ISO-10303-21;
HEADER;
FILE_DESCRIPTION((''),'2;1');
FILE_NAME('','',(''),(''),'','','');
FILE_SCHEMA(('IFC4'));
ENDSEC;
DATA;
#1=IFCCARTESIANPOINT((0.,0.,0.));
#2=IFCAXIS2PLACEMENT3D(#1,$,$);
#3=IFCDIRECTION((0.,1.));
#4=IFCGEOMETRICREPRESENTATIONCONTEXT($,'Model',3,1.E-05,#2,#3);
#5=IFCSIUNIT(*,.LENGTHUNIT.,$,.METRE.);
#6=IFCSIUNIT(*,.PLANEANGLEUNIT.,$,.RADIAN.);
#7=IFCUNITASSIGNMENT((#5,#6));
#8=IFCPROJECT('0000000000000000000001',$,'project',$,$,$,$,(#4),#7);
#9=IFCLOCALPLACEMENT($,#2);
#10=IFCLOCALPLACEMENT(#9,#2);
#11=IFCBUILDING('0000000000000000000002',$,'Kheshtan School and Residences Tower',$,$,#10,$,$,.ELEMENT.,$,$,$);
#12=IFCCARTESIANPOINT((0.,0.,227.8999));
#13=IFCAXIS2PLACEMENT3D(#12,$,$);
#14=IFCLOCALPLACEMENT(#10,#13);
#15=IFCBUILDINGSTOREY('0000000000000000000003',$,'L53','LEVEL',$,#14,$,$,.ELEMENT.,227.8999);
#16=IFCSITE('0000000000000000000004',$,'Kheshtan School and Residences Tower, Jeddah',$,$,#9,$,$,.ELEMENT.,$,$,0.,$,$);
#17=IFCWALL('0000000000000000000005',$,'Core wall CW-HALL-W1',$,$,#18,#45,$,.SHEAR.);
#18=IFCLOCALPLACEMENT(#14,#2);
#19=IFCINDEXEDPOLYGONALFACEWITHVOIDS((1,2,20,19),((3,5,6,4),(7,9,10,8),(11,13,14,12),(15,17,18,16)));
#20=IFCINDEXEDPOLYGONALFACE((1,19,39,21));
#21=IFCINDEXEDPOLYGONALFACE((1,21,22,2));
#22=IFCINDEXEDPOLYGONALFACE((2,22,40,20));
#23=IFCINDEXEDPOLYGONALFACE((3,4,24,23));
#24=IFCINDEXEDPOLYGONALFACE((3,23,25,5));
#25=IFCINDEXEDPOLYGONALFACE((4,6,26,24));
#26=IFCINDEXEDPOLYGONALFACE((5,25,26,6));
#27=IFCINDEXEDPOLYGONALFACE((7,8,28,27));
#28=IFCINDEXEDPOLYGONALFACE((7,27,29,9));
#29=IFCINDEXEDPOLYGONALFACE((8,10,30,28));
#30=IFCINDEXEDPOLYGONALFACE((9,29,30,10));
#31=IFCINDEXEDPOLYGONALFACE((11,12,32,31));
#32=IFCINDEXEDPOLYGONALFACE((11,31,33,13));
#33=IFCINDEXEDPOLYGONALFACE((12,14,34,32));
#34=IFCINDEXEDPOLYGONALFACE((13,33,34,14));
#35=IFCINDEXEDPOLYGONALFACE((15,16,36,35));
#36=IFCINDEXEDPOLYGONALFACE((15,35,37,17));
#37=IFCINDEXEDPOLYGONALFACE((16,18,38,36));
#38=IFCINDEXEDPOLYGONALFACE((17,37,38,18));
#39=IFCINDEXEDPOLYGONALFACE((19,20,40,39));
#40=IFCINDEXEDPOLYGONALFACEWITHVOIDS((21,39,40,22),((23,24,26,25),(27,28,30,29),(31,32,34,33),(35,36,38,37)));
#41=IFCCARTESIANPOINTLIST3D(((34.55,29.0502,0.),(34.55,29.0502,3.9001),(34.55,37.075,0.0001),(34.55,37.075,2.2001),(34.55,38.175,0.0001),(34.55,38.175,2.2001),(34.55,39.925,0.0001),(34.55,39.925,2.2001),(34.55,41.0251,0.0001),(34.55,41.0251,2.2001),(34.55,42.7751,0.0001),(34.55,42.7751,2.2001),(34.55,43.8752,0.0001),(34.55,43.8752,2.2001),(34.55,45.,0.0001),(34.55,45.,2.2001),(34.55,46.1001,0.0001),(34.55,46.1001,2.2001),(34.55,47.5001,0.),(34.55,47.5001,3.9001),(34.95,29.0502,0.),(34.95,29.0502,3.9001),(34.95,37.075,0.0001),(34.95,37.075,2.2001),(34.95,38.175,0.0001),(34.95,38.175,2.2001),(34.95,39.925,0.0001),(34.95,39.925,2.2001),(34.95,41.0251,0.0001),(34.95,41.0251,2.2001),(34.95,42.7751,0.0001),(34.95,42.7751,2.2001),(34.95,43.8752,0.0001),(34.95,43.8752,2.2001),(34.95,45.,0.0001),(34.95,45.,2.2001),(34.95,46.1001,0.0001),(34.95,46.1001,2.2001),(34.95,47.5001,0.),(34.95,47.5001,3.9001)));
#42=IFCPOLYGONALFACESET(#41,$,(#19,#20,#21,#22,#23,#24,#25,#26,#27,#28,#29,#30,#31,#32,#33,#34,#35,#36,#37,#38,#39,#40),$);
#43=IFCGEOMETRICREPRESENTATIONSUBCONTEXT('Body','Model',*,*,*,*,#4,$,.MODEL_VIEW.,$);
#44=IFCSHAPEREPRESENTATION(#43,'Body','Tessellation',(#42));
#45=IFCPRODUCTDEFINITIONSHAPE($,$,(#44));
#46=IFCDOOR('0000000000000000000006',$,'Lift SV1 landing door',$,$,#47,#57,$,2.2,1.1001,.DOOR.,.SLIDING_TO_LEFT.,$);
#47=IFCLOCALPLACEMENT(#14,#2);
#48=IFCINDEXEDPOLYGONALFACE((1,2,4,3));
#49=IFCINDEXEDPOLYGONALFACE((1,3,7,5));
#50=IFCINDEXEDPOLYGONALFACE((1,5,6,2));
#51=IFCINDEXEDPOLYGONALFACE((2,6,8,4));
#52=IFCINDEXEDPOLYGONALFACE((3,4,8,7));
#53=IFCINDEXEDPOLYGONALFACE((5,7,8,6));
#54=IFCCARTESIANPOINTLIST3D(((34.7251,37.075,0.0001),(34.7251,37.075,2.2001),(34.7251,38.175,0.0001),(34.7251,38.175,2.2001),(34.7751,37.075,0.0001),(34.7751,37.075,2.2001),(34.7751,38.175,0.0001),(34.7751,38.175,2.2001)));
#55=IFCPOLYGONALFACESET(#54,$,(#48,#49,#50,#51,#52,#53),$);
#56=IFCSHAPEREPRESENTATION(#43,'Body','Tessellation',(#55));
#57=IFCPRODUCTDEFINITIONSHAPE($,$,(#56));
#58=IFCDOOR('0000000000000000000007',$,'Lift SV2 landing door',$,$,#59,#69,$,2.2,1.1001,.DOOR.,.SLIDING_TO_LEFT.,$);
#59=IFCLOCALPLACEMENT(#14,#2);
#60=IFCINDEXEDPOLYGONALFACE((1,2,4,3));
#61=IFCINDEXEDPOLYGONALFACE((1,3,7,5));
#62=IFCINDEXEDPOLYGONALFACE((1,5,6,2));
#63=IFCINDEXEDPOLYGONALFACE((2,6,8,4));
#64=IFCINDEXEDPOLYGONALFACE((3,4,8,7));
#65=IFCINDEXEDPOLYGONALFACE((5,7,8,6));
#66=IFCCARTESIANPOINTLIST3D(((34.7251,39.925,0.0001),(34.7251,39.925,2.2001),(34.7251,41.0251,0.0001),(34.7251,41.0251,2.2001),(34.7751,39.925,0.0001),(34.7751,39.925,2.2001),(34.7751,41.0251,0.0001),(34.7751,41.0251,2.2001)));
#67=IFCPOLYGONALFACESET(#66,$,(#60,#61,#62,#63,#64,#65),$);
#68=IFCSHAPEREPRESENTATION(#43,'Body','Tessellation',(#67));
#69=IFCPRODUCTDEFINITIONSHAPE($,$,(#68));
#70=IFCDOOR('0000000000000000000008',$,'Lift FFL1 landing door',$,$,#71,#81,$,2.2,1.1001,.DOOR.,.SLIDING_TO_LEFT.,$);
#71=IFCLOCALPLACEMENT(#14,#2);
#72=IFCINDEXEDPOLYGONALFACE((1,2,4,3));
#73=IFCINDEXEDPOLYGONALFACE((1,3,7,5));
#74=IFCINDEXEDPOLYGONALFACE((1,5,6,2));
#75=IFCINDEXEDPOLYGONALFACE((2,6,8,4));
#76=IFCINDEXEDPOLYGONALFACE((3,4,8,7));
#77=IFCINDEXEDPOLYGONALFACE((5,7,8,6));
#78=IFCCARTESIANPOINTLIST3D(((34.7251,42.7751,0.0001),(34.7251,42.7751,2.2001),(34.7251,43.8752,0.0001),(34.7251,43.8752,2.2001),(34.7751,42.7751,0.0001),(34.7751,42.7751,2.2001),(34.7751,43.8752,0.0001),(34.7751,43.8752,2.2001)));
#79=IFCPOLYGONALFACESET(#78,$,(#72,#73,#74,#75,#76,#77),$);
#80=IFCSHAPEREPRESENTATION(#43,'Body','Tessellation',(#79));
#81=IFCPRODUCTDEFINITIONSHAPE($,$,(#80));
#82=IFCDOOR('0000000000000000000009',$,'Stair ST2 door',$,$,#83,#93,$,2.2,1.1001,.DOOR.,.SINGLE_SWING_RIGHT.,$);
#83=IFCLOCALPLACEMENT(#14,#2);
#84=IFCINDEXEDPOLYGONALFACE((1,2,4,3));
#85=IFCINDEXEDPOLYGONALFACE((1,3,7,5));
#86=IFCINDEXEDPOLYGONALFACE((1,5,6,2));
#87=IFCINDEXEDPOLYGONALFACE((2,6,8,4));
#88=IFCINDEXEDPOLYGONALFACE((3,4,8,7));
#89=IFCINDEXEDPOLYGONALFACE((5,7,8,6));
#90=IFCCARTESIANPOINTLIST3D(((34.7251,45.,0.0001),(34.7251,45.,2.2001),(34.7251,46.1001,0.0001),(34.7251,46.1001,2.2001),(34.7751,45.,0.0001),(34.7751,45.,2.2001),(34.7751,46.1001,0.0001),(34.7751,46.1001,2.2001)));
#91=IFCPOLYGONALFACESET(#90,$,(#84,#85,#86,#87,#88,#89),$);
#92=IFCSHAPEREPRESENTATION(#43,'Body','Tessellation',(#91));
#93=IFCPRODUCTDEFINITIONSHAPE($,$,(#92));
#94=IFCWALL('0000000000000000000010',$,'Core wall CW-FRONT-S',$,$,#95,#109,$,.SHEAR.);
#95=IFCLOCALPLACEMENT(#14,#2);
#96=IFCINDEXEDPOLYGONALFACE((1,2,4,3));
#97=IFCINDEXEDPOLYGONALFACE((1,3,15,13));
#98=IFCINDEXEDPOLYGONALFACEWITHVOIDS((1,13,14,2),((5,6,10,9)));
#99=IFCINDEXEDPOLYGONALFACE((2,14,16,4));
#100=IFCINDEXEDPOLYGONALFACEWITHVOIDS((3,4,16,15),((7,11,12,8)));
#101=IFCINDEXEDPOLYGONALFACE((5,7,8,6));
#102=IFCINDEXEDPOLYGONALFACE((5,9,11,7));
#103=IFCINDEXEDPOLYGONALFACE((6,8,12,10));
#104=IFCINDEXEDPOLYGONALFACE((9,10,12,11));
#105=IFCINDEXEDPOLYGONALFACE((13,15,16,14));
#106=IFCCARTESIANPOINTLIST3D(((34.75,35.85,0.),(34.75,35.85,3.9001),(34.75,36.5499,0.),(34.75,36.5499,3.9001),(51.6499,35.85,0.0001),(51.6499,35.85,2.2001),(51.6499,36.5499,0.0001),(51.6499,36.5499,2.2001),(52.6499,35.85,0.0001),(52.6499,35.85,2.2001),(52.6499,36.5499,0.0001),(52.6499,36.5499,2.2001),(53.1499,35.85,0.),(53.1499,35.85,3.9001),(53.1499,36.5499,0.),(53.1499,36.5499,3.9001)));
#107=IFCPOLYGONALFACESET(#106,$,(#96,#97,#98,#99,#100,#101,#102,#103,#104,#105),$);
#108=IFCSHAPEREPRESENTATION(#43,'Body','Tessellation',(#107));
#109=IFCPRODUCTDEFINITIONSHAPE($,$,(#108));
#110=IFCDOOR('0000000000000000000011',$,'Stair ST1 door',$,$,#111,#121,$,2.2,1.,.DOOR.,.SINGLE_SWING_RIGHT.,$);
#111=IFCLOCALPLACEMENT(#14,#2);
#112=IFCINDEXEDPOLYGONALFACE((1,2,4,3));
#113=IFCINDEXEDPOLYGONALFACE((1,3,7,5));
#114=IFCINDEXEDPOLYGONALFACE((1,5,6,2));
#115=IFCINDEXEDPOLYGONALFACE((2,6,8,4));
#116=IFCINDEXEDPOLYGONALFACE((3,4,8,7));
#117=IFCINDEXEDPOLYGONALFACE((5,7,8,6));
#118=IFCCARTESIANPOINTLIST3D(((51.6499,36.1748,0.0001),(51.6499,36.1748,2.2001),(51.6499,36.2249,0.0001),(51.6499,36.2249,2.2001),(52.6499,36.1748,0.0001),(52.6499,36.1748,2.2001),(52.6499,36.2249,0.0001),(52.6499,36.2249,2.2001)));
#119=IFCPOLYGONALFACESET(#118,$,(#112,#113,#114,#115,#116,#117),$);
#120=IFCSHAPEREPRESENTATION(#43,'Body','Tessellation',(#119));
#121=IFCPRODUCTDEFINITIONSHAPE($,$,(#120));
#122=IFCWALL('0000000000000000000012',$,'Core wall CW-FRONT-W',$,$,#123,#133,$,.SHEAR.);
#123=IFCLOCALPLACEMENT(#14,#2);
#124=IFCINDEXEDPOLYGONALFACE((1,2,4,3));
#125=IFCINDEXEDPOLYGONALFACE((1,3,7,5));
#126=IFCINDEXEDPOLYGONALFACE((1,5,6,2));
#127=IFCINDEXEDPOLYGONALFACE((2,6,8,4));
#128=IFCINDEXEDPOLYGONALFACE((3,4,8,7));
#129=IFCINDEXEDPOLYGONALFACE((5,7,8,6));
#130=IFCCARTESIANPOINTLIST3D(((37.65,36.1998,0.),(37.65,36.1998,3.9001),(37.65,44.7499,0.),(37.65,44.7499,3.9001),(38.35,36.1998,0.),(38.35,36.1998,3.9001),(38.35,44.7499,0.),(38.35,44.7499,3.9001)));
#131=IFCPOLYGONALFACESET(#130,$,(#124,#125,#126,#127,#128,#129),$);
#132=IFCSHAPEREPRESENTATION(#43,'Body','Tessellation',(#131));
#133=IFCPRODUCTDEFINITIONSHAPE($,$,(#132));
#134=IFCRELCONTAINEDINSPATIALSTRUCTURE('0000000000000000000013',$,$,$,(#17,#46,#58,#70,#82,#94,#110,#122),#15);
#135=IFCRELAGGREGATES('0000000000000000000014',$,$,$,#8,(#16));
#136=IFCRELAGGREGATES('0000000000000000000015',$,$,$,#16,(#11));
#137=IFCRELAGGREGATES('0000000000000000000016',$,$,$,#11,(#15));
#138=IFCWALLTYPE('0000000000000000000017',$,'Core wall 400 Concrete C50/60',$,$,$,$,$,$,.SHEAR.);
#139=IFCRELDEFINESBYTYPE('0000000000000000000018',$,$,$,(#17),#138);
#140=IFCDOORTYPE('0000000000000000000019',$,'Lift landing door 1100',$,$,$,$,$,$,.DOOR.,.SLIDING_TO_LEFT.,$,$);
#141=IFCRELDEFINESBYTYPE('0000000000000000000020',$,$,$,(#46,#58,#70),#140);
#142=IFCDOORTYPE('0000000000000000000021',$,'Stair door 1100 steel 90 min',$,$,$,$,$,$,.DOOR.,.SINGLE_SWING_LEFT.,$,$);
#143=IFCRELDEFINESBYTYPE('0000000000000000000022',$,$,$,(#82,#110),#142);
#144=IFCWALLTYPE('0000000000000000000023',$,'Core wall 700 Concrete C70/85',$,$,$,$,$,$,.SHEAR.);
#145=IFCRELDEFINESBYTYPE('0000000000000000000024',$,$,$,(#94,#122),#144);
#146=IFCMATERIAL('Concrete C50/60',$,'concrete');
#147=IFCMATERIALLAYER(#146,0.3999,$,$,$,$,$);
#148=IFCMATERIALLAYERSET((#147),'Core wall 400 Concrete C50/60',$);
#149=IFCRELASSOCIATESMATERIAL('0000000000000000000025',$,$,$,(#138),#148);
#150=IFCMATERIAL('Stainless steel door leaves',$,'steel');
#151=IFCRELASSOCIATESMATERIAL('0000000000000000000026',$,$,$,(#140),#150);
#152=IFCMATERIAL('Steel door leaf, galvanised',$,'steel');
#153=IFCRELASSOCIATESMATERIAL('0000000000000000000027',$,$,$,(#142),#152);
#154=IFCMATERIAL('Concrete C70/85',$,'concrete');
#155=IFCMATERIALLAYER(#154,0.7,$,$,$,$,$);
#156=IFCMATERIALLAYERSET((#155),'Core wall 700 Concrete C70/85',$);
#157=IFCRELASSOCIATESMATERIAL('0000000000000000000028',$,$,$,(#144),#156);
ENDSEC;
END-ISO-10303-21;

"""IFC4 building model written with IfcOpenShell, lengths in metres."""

from ifc_helpers import new_model, si_unit, direction, frame, frame_2d, origin, place, context, subcontext, project, spatial, rectangle, extrude, source, transform, mapped, material, layer, layer_set, type_object, element, fill, save


model = new_model("IFC4")

# Units and contexts
model_context = context("Model", 3, precision=1e-05, world=origin(), true_north=direction((0.0, 1.0)))
body_context = subcontext(model_context, "Body", "Model", "MODEL_VIEW")
ifc_project = project(units=[si_unit("LENGTHUNIT", "METRE"), si_unit("PLANEANGLEUNIT", "RADIAN")], contexts=[model_context])

# Site, building, storey
site_placement = place(None, origin())
site = spatial("IfcSite", under=ifc_project, at=site_placement, Name="Kheshtan School and Residences Tower, Jeddah", CompositionType="ELEMENT", RefElevation=0.0)
building_placement = place(site_placement, origin())
building = spatial("IfcBuilding", under=site, at=building_placement, Name="Kheshtan School and Residences Tower", CompositionType="ELEMENT")
storey_placement = place(building_placement, frame((0.0, 0.0, 227.8999)))
storey = spatial("IfcBuildingStorey", under=building, at=storey_placement, Name="L53", Description="LEVEL", CompositionType="ELEMENT", Elevation=227.8999)

# Shared definitions
ifc_material_1 = material(Name="Concrete C50/60", Category="concrete")
ifc_layer_1 = layer(ifc_material_1, 0.3999)
ifc_layer_set_1 = layer_set([ifc_layer_1], Name="Core wall 400 Concrete C50/60")
wall_type_1 = type_object("IfcWallType", Name="Core wall 400 Concrete C50/60", PredefinedType="SHEAR", material=ifc_layer_set_1)
ifc_material_2 = material(Name="Stainless steel door leaves", Category="steel")
door_type_1 = type_object("IfcDoorType", Name="Lift landing door 1100", OperationType="SLIDING_TO_LEFT", PredefinedType="DOOR", material=ifc_material_2)
shared_shape_1 = source(origin(), body_context, "Body", "SweptSolid", [
    extrude(rectangle(XDim=1.1001, YDim=2.2, at=frame_2d((0.55, 1.1001))), frame((0.0, 0.0249, 0.0), z_axis=(0.0, -1.0, 0.0), x_axis=(1.0, 0.0, 0.0)), (0.0, 0.0, 1.0), 0.05),
])

# Wall, openings, doors
wall_1_placement = place(storey_placement, frame((34.75, 29.05, 0.0), z_axis=(0.0, 0.0, 1.0), x_axis=(0.0, 1.0, 0.0)))
wall_1 = element("IfcWall", 1, at=wall_1_placement, inside=storey, type_object=wall_type_1, Name="Core wall CW-HALL-W1", PredefinedType="SHEAR", context=body_context, shape_type="SweptSolid", body=[
    extrude(rectangle(XDim=18.45, YDim=0.3999, at=frame_2d((9.2251, 0.0))), origin(), (0.0, 0.0, 1.0), 3.9001),
])
opening_1_placement = place(wall_1_placement, frame((8.0249, 0.0, 0.0)))
opening_1 = element("IfcOpeningElement", 2, at=opening_1_placement, cuts=wall_1, PredefinedType="OPENING", context=body_context, shape_type="SweptSolid", body=[
    extrude(rectangle(XDim=1.1001, YDim=2.2, at=frame_2d((0.55, 1.1001))), frame((0.0, 0.21, 0.0), z_axis=(0.0, -1.0, 0.0), x_axis=(1.0, 0.0, 0.0)), (0.0, 0.0, 1.0), 0.4199),
])
opening_2_placement = place(wall_1_placement, frame((10.875, 0.0, 0.0)))
opening_2 = element("IfcOpeningElement", 3, at=opening_2_placement, cuts=wall_1, PredefinedType="OPENING", context=body_context, shape_type="SweptSolid", body=[
    extrude(rectangle(XDim=1.1001, YDim=2.2, at=frame_2d((0.55, 1.1001))), frame((0.0, 0.21, 0.0), z_axis=(0.0, -1.0, 0.0), x_axis=(1.0, 0.0, 0.0)), (0.0, 0.0, 1.0), 0.4199),
])
opening_3_placement = place(wall_1_placement, frame((13.7251, 0.0, 0.0)))
opening_3 = element("IfcOpeningElement", 4, at=opening_3_placement, cuts=wall_1, PredefinedType="OPENING", context=body_context, shape_type="SweptSolid", body=[
    extrude(rectangle(XDim=1.1001, YDim=2.2, at=frame_2d((0.55, 1.1001))), frame((0.0, 0.21, 0.0), z_axis=(0.0, -1.0, 0.0), x_axis=(1.0, 0.0, 0.0)), (0.0, 0.0, 1.0), 0.4199),
])
opening_4_placement = place(wall_1_placement, frame((15.95, 0.0, 0.0)))
opening_4 = element("IfcOpeningElement", 5, at=opening_4_placement, cuts=wall_1, PredefinedType="OPENING", context=body_context, shape_type="SweptSolid", body=[
    extrude(rectangle(XDim=1.1001, YDim=2.2, at=frame_2d((0.55, 1.1001))), frame((0.0, 0.21, 0.0), z_axis=(0.0, -1.0, 0.0), x_axis=(1.0, 0.0, 0.0)), (0.0, 0.0, 1.0), 0.4199),
])
door_1_placement = place(opening_1_placement, origin())
door_1 = element("IfcDoor", 6, at=door_1_placement, inside=storey, type_object=door_type_1, Name="Lift SV1 landing door", OperationType="SLIDING_TO_LEFT", OverallHeight=2.2, OverallWidth=1.1001, PredefinedType="DOOR", context=body_context, shape_type="MappedRepresentation", body=[
    mapped(shared_shape_1, transform((0.0, 0.0, 0.0), x_axis=(1.0, 0.0, 0.0), y_axis=(0.0, 1.0, 0.0), z_axis=(0.0, 0.0, 1.0), scale=1.0)),
])
fill(opening_1, door_1)
door_2_placement = place(opening_2_placement, origin())
door_2 = element("IfcDoor", 7, at=door_2_placement, inside=storey, type_object=door_type_1, Name="Lift SV2 landing door", OperationType="SLIDING_TO_LEFT", OverallHeight=2.2, OverallWidth=1.1001, PredefinedType="DOOR", context=body_context, shape_type="MappedRepresentation", body=[
    mapped(shared_shape_1, transform((0.0, 0.0, 0.0), x_axis=(1.0, 0.0, 0.0), y_axis=(0.0, 1.0, 0.0), z_axis=(0.0, 0.0, 1.0), scale=1.0)),
])
fill(opening_2, door_2)
door_3_placement = place(opening_3_placement, origin())
door_3 = element("IfcDoor", 8, at=door_3_placement, inside=storey, type_object=door_type_1, Name="Lift FFL1 landing door", OperationType="SLIDING_TO_LEFT", OverallHeight=2.2, OverallWidth=1.1001, PredefinedType="DOOR", context=body_context, shape_type="MappedRepresentation", body=[
    mapped(shared_shape_1, transform((0.0, 0.0, 0.0), x_axis=(1.0, 0.0, 0.0), y_axis=(0.0, 1.0, 0.0), z_axis=(0.0, 0.0, 1.0), scale=1.0)),
])
fill(opening_3, door_3)
ifc_material_3 = material(Name="Steel door leaf, galvanised", Category="steel")
door_type_2 = type_object("IfcDoorType", Name="Stair door 1100 steel 90 min", OperationType="SINGLE_SWING_LEFT", PredefinedType="DOOR", material=ifc_material_3)
shared_shape_2 = source(origin(), body_context, "Body", "SweptSolid", [
    extrude(rectangle(XDim=1.1001, YDim=2.2, at=frame_2d((0.55, 1.1001))), frame((0.0, 0.0249, 0.0), z_axis=(0.0, -1.0, 0.0), x_axis=(1.0, 0.0, 0.0)), (0.0, 0.0, 1.0), 0.05),
])
door_4_placement = place(opening_4_placement, origin())
door_4 = element("IfcDoor", 9, at=door_4_placement, inside=storey, type_object=door_type_2, Name="Stair ST2 door", OperationType="SINGLE_SWING_RIGHT", OverallHeight=2.2, OverallWidth=1.1001, PredefinedType="DOOR", context=body_context, shape_type="MappedRepresentation", body=[
    mapped(shared_shape_2, transform((0.0, 0.0, 0.0), x_axis=(1.0, 0.0, 0.0), y_axis=(0.0, 1.0, 0.0), z_axis=(0.0, 0.0, 1.0), scale=1.0)),
])
fill(opening_4, door_4)

# Wall, opening, door
ifc_material_4 = material(Name="Concrete C70/85", Category="concrete")
ifc_layer_2 = layer(ifc_material_4, 0.7)
ifc_layer_set_2 = layer_set([ifc_layer_2], Name="Core wall 700 Concrete C70/85")
wall_type_2 = type_object("IfcWallType", Name="Core wall 700 Concrete C70/85", PredefinedType="SHEAR", material=ifc_layer_set_2)
wall_2_placement = place(storey_placement, frame((34.75, 36.2, 0.0), z_axis=(0.0, 0.0, 1.0), x_axis=(1.0, 0.0, 0.0)))
wall_2 = element("IfcWall", 10, at=wall_2_placement, inside=storey, type_object=wall_type_2, Name="Core wall CW-FRONT-S", PredefinedType="SHEAR", context=body_context, shape_type="SweptSolid", body=[
    extrude(rectangle(XDim=18.3999, YDim=0.7, at=frame_2d((9.2, 0.0))), origin(), (0.0, 0.0, 1.0), 3.9001),
])
opening_5_placement = place(wall_2_placement, frame((16.8999, 0.0, 0.0)))
opening_5 = element("IfcOpeningElement", 11, at=opening_5_placement, cuts=wall_2, PredefinedType="OPENING", context=body_context, shape_type="SweptSolid", body=[
    extrude(rectangle(XDim=1.0, YDim=2.2, at=frame_2d((0.5, 1.1001))), frame((0.0, 0.3599, 0.0), z_axis=(0.0, -1.0, 0.0), x_axis=(1.0, 0.0, 0.0)), (0.0, 0.0, 1.0), 0.72),
])
shared_shape_3 = source(origin(), body_context, "Body", "SweptSolid", [
    extrude(rectangle(XDim=1.0, YDim=2.2, at=frame_2d((0.5, 1.1001))), frame((0.0, 0.0249, 0.0), z_axis=(0.0, -1.0, 0.0), x_axis=(1.0, 0.0, 0.0)), (0.0, 0.0, 1.0), 0.05),
])
door_5_placement = place(opening_5_placement, origin())
door_5 = element("IfcDoor", 12, at=door_5_placement, inside=storey, type_object=door_type_2, Name="Stair ST1 door", OperationType="SINGLE_SWING_RIGHT", OverallHeight=2.2, OverallWidth=1.0, PredefinedType="DOOR", context=body_context, shape_type="MappedRepresentation", body=[
    mapped(shared_shape_3, transform((0.0, 0.0, 0.0), x_axis=(1.0, 0.0, 0.0), y_axis=(0.0, 1.0, 0.0), z_axis=(0.0, 0.0, 1.0), scale=1.0)),
])
fill(opening_5, door_5)

# Wall
wall_3_placement = place(storey_placement, frame((38.0, 36.2, 0.0), z_axis=(0.0, 0.0, 1.0), x_axis=(0.0, 1.0, 0.0)))
element("IfcWall", 13, at=wall_3_placement, inside=storey, type_object=wall_type_2, Name="Core wall CW-FRONT-W", PredefinedType="SHEAR", context=body_context, shape_type="SweptSolid", body=[
    extrude(rectangle(XDim=8.55, YDim=0.7, at=frame_2d((4.2749, 0.0))), origin(), (0.0, 0.0, 1.0), 3.9001),
])

save(model, "model.ifc")
